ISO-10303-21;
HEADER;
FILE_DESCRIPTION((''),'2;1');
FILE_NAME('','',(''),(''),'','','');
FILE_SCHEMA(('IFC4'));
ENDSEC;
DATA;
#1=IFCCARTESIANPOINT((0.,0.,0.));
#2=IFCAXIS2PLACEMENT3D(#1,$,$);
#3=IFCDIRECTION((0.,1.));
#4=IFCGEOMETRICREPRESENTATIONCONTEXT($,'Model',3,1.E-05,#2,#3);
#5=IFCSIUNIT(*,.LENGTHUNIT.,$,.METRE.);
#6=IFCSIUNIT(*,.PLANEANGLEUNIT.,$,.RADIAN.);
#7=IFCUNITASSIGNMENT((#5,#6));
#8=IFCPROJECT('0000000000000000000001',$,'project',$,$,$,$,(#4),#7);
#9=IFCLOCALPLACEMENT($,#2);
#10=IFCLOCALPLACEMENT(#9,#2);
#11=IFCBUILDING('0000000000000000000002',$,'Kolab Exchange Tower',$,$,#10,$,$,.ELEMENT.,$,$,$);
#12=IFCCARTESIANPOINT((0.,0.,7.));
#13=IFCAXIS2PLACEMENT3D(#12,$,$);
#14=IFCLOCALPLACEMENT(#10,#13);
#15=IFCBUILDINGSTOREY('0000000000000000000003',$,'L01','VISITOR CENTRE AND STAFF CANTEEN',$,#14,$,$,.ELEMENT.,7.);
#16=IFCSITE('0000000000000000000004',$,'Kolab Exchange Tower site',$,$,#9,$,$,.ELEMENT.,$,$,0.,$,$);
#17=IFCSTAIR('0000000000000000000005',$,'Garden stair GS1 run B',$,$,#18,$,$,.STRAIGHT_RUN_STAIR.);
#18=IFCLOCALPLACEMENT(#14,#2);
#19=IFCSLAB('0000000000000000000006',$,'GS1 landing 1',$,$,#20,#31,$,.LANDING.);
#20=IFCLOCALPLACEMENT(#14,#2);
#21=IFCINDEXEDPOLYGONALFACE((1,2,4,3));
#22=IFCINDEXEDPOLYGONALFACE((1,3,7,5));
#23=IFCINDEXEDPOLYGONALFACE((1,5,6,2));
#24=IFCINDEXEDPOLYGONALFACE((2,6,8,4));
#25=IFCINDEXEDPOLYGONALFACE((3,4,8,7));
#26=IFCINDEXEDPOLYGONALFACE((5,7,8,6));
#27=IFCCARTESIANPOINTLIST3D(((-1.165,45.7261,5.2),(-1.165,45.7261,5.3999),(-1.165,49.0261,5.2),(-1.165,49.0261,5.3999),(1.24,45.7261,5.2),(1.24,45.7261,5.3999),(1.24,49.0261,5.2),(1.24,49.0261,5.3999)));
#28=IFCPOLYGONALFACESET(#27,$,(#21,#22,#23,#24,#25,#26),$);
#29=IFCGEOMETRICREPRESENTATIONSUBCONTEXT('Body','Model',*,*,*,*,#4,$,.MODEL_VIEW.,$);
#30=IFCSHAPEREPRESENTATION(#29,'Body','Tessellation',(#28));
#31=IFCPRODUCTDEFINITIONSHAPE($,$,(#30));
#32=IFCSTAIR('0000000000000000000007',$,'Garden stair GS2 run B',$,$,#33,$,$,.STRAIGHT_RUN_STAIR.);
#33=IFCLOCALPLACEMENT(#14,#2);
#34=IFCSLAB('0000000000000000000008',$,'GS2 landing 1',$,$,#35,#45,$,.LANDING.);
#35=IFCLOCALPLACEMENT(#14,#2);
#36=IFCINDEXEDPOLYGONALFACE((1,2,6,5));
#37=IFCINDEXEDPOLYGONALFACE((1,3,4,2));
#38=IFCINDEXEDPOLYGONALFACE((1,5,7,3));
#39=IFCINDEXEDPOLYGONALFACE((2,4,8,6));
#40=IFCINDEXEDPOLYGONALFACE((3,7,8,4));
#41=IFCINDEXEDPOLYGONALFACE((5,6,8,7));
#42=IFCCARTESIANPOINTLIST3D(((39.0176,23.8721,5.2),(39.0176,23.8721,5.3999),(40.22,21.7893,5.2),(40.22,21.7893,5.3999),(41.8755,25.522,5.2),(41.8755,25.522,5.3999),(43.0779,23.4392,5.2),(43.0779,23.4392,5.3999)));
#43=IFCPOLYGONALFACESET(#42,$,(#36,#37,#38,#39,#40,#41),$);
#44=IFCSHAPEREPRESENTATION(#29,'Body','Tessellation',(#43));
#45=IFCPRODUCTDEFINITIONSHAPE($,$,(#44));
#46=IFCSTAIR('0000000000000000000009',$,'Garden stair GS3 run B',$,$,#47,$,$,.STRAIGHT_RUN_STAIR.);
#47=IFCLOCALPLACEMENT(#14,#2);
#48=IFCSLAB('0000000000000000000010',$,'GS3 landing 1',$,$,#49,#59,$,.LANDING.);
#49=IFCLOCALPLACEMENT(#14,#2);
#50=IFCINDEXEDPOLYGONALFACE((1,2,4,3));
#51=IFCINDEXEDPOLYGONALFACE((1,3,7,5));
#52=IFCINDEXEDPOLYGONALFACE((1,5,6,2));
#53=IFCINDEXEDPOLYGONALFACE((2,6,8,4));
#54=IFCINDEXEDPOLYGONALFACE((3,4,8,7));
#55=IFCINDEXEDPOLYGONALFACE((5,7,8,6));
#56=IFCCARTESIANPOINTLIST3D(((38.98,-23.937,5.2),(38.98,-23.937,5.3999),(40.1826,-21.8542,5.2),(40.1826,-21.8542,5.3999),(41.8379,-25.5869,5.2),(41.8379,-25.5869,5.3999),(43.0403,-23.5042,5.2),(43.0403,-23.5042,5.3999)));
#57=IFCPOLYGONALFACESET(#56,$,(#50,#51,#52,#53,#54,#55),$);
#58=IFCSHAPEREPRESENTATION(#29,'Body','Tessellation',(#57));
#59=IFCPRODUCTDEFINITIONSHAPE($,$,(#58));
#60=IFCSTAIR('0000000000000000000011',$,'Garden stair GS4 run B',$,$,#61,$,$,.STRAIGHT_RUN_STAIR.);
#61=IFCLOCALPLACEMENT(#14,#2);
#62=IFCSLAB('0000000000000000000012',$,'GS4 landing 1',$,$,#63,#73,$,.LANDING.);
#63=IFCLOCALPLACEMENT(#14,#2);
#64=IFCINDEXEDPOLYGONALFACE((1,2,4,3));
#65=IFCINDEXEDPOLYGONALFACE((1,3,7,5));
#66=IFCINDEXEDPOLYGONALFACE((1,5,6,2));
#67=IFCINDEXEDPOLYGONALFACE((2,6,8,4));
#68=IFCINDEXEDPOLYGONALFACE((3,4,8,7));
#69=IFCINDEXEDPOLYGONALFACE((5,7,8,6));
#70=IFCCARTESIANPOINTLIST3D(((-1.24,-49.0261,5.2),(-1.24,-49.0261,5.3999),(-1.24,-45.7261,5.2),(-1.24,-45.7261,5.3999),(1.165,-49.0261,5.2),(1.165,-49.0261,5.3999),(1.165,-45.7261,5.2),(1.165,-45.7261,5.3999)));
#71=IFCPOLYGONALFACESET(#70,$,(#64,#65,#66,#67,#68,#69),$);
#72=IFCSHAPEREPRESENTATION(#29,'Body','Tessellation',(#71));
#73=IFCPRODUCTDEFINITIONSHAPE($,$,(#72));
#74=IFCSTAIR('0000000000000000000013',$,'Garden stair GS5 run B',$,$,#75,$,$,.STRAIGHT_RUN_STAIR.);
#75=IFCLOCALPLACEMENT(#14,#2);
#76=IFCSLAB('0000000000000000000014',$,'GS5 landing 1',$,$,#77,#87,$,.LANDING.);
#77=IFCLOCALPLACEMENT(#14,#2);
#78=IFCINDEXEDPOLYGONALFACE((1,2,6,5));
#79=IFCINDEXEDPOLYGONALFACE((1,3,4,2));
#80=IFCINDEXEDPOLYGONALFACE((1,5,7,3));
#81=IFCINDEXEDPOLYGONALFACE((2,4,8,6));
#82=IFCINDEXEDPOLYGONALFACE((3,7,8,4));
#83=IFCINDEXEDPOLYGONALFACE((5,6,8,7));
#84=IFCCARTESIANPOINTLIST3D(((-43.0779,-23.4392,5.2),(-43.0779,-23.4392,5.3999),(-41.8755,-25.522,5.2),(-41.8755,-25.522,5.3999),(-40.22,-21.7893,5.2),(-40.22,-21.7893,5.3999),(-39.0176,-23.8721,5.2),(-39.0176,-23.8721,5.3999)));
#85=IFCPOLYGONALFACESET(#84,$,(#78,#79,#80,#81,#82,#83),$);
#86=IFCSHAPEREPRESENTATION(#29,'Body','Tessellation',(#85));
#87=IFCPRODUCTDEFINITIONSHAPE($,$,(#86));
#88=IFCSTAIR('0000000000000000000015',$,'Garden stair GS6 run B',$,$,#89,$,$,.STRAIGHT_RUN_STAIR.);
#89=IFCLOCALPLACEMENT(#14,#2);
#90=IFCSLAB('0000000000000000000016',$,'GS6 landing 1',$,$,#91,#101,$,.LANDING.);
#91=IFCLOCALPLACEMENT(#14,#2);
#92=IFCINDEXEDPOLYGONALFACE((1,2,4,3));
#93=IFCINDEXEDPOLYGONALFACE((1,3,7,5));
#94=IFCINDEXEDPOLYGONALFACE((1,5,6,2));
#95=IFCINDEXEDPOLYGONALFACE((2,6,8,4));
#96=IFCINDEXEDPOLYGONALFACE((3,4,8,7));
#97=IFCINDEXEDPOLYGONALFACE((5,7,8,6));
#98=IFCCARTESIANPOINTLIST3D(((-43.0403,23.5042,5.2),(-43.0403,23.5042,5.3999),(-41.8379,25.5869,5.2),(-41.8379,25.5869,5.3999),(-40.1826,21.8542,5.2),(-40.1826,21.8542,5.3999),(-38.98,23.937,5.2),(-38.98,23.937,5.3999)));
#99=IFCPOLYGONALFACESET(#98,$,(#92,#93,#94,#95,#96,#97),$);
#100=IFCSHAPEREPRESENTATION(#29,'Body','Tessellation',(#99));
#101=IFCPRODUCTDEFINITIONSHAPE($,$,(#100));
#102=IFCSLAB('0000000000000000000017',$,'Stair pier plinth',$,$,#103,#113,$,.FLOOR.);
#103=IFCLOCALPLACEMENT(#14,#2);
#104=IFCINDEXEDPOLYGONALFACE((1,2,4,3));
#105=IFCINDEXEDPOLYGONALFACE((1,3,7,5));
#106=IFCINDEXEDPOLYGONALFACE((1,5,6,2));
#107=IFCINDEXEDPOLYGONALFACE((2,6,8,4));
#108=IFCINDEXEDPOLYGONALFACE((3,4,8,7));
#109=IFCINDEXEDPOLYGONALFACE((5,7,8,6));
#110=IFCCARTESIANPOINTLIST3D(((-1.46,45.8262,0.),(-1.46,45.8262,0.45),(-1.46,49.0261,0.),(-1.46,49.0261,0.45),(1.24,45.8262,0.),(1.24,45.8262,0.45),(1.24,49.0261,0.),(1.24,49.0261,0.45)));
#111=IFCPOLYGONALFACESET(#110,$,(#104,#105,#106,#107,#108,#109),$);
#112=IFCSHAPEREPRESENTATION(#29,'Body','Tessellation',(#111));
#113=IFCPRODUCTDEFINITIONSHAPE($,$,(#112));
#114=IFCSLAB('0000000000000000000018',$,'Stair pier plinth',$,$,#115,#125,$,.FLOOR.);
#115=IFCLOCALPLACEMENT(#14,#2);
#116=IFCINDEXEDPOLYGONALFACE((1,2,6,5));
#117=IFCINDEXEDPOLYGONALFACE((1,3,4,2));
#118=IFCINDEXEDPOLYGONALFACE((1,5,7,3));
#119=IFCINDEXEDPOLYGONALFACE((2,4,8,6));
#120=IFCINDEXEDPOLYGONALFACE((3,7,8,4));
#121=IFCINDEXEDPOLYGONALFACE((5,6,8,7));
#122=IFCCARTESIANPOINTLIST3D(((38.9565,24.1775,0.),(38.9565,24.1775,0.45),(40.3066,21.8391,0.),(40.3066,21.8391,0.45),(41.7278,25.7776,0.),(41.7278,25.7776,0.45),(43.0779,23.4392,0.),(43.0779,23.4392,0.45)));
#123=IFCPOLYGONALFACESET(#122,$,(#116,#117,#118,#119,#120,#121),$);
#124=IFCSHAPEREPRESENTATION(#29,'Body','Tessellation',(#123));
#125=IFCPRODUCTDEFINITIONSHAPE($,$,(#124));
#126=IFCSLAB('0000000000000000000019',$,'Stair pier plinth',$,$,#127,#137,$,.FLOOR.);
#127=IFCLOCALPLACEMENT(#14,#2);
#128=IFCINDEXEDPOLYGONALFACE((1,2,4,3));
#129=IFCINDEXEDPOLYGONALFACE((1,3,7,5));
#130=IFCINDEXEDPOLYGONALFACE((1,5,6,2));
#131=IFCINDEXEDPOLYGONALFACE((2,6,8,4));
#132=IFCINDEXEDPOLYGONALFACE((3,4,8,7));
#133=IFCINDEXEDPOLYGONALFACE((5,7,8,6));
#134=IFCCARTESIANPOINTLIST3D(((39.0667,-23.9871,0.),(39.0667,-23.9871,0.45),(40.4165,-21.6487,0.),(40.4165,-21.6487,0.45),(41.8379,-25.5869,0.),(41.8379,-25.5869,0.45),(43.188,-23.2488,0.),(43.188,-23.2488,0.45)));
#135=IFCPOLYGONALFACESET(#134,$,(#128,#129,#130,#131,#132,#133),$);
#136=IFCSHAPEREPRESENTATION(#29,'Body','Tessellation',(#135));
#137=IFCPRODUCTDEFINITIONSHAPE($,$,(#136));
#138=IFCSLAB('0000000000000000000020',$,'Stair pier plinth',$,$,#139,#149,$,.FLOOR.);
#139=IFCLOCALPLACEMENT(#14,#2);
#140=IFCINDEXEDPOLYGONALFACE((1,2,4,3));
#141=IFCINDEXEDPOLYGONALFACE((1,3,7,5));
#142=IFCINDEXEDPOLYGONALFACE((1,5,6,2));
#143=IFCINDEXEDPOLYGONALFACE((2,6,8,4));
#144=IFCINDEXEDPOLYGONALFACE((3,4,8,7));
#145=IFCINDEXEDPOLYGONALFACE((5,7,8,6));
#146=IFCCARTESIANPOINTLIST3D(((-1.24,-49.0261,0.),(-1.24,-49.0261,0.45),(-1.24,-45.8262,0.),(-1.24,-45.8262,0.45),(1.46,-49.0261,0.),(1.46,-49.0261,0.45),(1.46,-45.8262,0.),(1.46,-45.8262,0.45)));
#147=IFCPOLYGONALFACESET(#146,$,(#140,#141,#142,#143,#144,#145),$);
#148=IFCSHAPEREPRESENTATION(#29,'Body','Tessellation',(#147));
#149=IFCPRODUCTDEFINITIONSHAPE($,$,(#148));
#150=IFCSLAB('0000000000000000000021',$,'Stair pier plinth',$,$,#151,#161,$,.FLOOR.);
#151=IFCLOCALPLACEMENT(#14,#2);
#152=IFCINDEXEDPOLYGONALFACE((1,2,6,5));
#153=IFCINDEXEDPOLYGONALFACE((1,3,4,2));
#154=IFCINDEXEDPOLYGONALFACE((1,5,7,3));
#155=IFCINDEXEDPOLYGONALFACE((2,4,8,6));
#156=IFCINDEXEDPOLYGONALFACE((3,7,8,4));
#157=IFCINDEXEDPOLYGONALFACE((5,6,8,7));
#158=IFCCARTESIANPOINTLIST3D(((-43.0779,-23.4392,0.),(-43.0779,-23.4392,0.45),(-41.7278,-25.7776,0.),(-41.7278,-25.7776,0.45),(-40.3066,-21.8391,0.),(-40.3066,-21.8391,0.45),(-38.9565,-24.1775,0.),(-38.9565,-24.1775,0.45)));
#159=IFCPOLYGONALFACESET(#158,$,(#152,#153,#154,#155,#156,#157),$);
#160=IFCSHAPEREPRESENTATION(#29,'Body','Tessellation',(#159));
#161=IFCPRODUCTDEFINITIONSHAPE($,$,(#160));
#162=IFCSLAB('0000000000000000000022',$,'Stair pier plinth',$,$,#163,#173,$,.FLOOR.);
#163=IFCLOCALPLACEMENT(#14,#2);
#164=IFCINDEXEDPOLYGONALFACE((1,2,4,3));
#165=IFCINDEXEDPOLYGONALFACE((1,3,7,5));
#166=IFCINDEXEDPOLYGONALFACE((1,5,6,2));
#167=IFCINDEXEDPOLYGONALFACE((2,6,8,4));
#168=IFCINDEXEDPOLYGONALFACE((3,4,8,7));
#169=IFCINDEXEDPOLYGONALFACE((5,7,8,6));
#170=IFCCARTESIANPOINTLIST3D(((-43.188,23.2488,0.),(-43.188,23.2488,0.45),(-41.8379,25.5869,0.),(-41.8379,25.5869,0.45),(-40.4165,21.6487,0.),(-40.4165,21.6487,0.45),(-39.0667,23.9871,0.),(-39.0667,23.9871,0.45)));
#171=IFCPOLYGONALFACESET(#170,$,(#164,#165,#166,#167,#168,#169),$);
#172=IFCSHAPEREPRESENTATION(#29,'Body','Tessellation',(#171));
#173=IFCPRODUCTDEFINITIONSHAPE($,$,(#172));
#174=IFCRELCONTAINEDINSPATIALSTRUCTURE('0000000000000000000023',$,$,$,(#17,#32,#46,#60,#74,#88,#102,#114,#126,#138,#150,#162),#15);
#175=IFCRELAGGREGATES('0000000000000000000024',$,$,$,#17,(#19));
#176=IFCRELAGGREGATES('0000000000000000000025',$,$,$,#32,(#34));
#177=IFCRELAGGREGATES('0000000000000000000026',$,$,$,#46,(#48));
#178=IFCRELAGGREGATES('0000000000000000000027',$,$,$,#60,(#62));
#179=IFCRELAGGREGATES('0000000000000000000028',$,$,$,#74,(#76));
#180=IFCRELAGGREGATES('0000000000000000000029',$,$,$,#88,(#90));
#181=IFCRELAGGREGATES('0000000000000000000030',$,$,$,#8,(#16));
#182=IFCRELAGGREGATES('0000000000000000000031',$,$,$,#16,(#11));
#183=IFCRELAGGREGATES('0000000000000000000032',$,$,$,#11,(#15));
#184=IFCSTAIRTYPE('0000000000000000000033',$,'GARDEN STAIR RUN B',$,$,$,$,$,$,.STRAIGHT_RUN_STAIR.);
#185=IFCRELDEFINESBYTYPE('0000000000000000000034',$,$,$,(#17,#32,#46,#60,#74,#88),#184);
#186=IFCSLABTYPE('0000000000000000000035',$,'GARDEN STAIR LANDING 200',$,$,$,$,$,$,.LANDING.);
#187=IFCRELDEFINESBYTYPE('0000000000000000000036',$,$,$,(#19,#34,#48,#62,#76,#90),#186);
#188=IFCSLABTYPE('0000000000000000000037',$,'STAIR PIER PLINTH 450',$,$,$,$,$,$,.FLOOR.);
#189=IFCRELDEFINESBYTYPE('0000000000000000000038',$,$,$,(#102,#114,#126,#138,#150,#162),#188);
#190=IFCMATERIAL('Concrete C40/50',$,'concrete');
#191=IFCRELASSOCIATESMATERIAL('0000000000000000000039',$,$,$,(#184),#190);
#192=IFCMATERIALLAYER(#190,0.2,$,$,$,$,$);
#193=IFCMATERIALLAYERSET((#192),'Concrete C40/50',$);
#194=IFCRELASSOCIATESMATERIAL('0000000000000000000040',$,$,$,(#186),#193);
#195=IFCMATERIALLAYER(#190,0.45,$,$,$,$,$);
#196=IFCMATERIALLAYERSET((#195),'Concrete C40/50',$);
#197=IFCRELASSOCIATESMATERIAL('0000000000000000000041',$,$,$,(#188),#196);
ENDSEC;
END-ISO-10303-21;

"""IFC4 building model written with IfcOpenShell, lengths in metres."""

from ifc_helpers import new_model, si_unit, direction, frame, origin, place, context, subcontext, project, spatial, polyline, outline, extrude, material, layer, layer_set, type_object, element, aggregate, save


model = new_model("IFC4")

# Units and contexts
model_context = context("Model", 3, precision=1e-05, world=origin(), true_north=direction((0.0, 1.0)))
body_context = subcontext(model_context, "Body", "Model", "MODEL_VIEW")
ifc_project = project(units=[si_unit("LENGTHUNIT", "METRE"), si_unit("PLANEANGLEUNIT", "RADIAN")], contexts=[model_context])

# Site, building, storey
site_placement = place(None, origin())
site = spatial("IfcSite", under=ifc_project, at=site_placement, Name="Kolab Exchange Tower site", CompositionType="ELEMENT", RefElevation=0.0)
building_placement = place(site_placement, origin())
building = spatial("IfcBuilding", under=site, at=building_placement, Name="Kolab Exchange Tower", CompositionType="ELEMENT")
storey_placement = place(building_placement, frame((0.0, 0.0, 7.0)))
storey = spatial("IfcBuildingStorey", under=building, at=storey_placement, Name="L01", Description="VISITOR CENTRE AND STAFF CANTEEN", CompositionType="ELEMENT", Elevation=7.0)

# Stairs, slabs
ifc_material_1 = material(Name="Concrete C40/50", Category="concrete")
stair_type = type_object("IfcStairType", Name="GARDEN STAIR RUN B", PredefinedType="STRAIGHT_RUN_STAIR", material=ifc_material_1)
stair_1_placement = place(storey_placement, origin())
stair_1 = element("IfcStair", 1, at=stair_1_placement, inside=storey, type_object=stair_type, Name="Garden stair GS1 run B", PredefinedType="STRAIGHT_RUN_STAIR")
ifc_layer_1 = layer(ifc_material_1, 0.2)
ifc_layer_set_1 = layer_set([ifc_layer_1], Name="Concrete C40/50")
slab_type_1 = type_object("IfcSlabType", Name="GARDEN STAIR LANDING 200", PredefinedType="LANDING", material=ifc_layer_set_1)
slab_1_placement = place(storey_placement, frame((0.0, 0.0, 5.2)))
slab_1 = element("IfcSlab", 2, at=slab_1_placement, type_object=slab_type_1, Name="GS1 landing 1", PredefinedType="LANDING", context=body_context, shape_type="SweptSolid", body=[
    extrude(outline(polyline([(-1.165, 45.7261), (1.24, 45.7261), (1.24, 49.0261), (-1.165, 49.0261), (-1.165, 45.7261)])), origin(), (0.0, 0.0, 1.0), 0.2),
])
aggregate(stair_1, [slab_1])
stair_2_placement = place(storey_placement, origin())
stair_2 = element("IfcStair", 3, at=stair_2_placement, inside=storey, type_object=stair_type, Name="Garden stair GS2 run B", PredefinedType="STRAIGHT_RUN_STAIR")
slab_2_placement = place(storey_placement, frame((0.0, 0.0, 5.2)))
slab_2 = element("IfcSlab", 4, at=slab_2_placement, type_object=slab_type_1, Name="GS2 landing 1", PredefinedType="LANDING", context=body_context, shape_type="SweptSolid", body=[
    extrude(outline(polyline([(39.0176, 23.8721), (40.22, 21.7893), (43.0779, 23.4392), (41.8755, 25.522), (39.0176, 23.8721)])), origin(), (0.0, 0.0, 1.0), 0.2),
])
aggregate(stair_2, [slab_2])
stair_3_placement = place(storey_placement, origin())
stair_3 = element("IfcStair", 5, at=stair_3_placement, inside=storey, type_object=stair_type, Name="Garden stair GS3 run B", PredefinedType="STRAIGHT_RUN_STAIR")
slab_3_placement = place(storey_placement, frame((0.0, 0.0, 5.2)))
slab_3 = element("IfcSlab", 6, at=slab_3_placement, type_object=slab_type_1, Name="GS3 landing 1", PredefinedType="LANDING", context=body_context, shape_type="SweptSolid", body=[
    extrude(outline(polyline([(40.1826, -21.8542), (38.98, -23.937), (41.8379, -25.5869), (43.0403, -23.5042), (40.1826, -21.8542)])), origin(), (0.0, 0.0, 1.0), 0.2),
])
aggregate(stair_3, [slab_3])
stair_4_placement = place(storey_placement, origin())
stair_4 = element("IfcStair", 7, at=stair_4_placement, inside=storey, type_object=stair_type, Name="Garden stair GS4 run B", PredefinedType="STRAIGHT_RUN_STAIR")
slab_4_placement = place(storey_placement, frame((0.0, 0.0, 5.2)))
slab_4 = element("IfcSlab", 8, at=slab_4_placement, type_object=slab_type_1, Name="GS4 landing 1", PredefinedType="LANDING", context=body_context, shape_type="SweptSolid", body=[
    extrude(outline(polyline([(1.165, -45.7261), (-1.24, -45.7261), (-1.24, -49.0261), (1.165, -49.0261), (1.165, -45.7261)])), origin(), (0.0, 0.0, 1.0), 0.2),
])
aggregate(stair_4, [slab_4])
stair_5_placement = place(storey_placement, origin())
stair_5 = element("IfcStair", 9, at=stair_5_placement, inside=storey, type_object=stair_type, Name="Garden stair GS5 run B", PredefinedType="STRAIGHT_RUN_STAIR")
slab_5_placement = place(storey_placement, frame((0.0, 0.0, 5.2)))
slab_5 = element("IfcSlab", 10, at=slab_5_placement, type_object=slab_type_1, Name="GS5 landing 1", PredefinedType="LANDING", context=body_context, shape_type="SweptSolid", body=[
    extrude(outline(polyline([(-39.0176, -23.8721), (-40.22, -21.7893), (-43.0779, -23.4392), (-41.8755, -25.522), (-39.0176, -23.8721)])), origin(), (0.0, 0.0, 1.0), 0.2),
])
aggregate(stair_5, [slab_5])
stair_6_placement = place(storey_placement, origin())
stair_6 = element("IfcStair", 11, at=stair_6_placement, inside=storey, type_object=stair_type, Name="Garden stair GS6 run B", PredefinedType="STRAIGHT_RUN_STAIR")
slab_6_placement = place(storey_placement, frame((0.0, 0.0, 5.2)))
slab_6 = element("IfcSlab", 12, at=slab_6_placement, type_object=slab_type_1, Name="GS6 landing 1", PredefinedType="LANDING", context=body_context, shape_type="SweptSolid", body=[
    extrude(outline(polyline([(-40.1826, 21.8542), (-38.98, 23.937), (-41.8379, 25.5869), (-43.0403, 23.5042), (-40.1826, 21.8542)])), origin(), (0.0, 0.0, 1.0), 0.2),
])
aggregate(stair_6, [slab_6])

# Slabs
ifc_layer_2 = layer(ifc_material_1, 0.45)
ifc_layer_set_2 = layer_set([ifc_layer_2], Name="Concrete C40/50")
slab_type_2 = type_object("IfcSlabType", Name="STAIR PIER PLINTH 450", PredefinedType="FLOOR", material=ifc_layer_set_2)
slab_7_placement = place(storey_placement, origin())
element("IfcSlab", 13, at=slab_7_placement, inside=storey, type_object=slab_type_2, Name="Stair pier plinth", PredefinedType="FLOOR", context=body_context, shape_type="SweptSolid", body=[
    extrude(outline(polyline([(-1.46, 45.8262), (1.24, 45.8262), (1.24, 49.0261), (-1.46, 49.0261), (-1.46, 45.8262)])), origin(), (0.0, 0.0, 1.0), 0.45),
])
slab_8_placement = place(storey_placement, origin())
element("IfcSlab", 14, at=slab_8_placement, inside=storey, type_object=slab_type_2, Name="Stair pier plinth", PredefinedType="FLOOR", context=body_context, shape_type="SweptSolid", body=[
    extrude(outline(polyline([(38.9565, 24.1775), (40.3066, 21.8391), (43.0779, 23.4392), (41.7278, 25.7776), (38.9565, 24.1775)])), origin(), (0.0, 0.0, 1.0), 0.45),
])
slab_9_placement = place(storey_placement, origin())
element("IfcSlab", 15, at=slab_9_placement, inside=storey, type_object=slab_type_2, Name="Stair pier plinth", PredefinedType="FLOOR", context=body_context, shape_type="SweptSolid", body=[
    extrude(outline(polyline([(40.4165, -21.6487), (39.0667, -23.9871), (41.8379, -25.5869), (43.188, -23.2488), (40.4165, -21.6487)])), origin(), (0.0, 0.0, 1.0), 0.45),
])
slab_10_placement = place(storey_placement, origin())
element("IfcSlab", 16, at=slab_10_placement, inside=storey, type_object=slab_type_2, Name="Stair pier plinth", PredefinedType="FLOOR", context=body_context, shape_type="SweptSolid", body=[
    extrude(outline(polyline([(1.46, -45.8262), (-1.24, -45.8262), (-1.24, -49.0261), (1.46, -49.0261), (1.46, -45.8262)])), origin(), (0.0, 0.0, 1.0), 0.45),
])
slab_11_placement = place(storey_placement, origin())
element("IfcSlab", 17, at=slab_11_placement, inside=storey, type_object=slab_type_2, Name="Stair pier plinth", PredefinedType="FLOOR", context=body_context, shape_type="SweptSolid", body=[
    extrude(outline(polyline([(-38.9565, -24.1775), (-40.3066, -21.8391), (-43.0779, -23.4392), (-41.7278, -25.7776), (-38.9565, -24.1775)])), origin(), (0.0, 0.0, 1.0), 0.45),
])
slab_12_placement = place(storey_placement, origin())
element("IfcSlab", 18, at=slab_12_placement, inside=storey, type_object=slab_type_2, Name="Stair pier plinth", PredefinedType="FLOOR", context=body_context, shape_type="SweptSolid", body=[
    extrude(outline(polyline([(-40.4165, 21.6487), (-39.0667, 23.9871), (-41.8379, 25.5869), (-43.188, 23.2488), (-40.4165, 21.6487)])), origin(), (0.0, 0.0, 1.0), 0.45),
])

save(model, "model.ifc")
